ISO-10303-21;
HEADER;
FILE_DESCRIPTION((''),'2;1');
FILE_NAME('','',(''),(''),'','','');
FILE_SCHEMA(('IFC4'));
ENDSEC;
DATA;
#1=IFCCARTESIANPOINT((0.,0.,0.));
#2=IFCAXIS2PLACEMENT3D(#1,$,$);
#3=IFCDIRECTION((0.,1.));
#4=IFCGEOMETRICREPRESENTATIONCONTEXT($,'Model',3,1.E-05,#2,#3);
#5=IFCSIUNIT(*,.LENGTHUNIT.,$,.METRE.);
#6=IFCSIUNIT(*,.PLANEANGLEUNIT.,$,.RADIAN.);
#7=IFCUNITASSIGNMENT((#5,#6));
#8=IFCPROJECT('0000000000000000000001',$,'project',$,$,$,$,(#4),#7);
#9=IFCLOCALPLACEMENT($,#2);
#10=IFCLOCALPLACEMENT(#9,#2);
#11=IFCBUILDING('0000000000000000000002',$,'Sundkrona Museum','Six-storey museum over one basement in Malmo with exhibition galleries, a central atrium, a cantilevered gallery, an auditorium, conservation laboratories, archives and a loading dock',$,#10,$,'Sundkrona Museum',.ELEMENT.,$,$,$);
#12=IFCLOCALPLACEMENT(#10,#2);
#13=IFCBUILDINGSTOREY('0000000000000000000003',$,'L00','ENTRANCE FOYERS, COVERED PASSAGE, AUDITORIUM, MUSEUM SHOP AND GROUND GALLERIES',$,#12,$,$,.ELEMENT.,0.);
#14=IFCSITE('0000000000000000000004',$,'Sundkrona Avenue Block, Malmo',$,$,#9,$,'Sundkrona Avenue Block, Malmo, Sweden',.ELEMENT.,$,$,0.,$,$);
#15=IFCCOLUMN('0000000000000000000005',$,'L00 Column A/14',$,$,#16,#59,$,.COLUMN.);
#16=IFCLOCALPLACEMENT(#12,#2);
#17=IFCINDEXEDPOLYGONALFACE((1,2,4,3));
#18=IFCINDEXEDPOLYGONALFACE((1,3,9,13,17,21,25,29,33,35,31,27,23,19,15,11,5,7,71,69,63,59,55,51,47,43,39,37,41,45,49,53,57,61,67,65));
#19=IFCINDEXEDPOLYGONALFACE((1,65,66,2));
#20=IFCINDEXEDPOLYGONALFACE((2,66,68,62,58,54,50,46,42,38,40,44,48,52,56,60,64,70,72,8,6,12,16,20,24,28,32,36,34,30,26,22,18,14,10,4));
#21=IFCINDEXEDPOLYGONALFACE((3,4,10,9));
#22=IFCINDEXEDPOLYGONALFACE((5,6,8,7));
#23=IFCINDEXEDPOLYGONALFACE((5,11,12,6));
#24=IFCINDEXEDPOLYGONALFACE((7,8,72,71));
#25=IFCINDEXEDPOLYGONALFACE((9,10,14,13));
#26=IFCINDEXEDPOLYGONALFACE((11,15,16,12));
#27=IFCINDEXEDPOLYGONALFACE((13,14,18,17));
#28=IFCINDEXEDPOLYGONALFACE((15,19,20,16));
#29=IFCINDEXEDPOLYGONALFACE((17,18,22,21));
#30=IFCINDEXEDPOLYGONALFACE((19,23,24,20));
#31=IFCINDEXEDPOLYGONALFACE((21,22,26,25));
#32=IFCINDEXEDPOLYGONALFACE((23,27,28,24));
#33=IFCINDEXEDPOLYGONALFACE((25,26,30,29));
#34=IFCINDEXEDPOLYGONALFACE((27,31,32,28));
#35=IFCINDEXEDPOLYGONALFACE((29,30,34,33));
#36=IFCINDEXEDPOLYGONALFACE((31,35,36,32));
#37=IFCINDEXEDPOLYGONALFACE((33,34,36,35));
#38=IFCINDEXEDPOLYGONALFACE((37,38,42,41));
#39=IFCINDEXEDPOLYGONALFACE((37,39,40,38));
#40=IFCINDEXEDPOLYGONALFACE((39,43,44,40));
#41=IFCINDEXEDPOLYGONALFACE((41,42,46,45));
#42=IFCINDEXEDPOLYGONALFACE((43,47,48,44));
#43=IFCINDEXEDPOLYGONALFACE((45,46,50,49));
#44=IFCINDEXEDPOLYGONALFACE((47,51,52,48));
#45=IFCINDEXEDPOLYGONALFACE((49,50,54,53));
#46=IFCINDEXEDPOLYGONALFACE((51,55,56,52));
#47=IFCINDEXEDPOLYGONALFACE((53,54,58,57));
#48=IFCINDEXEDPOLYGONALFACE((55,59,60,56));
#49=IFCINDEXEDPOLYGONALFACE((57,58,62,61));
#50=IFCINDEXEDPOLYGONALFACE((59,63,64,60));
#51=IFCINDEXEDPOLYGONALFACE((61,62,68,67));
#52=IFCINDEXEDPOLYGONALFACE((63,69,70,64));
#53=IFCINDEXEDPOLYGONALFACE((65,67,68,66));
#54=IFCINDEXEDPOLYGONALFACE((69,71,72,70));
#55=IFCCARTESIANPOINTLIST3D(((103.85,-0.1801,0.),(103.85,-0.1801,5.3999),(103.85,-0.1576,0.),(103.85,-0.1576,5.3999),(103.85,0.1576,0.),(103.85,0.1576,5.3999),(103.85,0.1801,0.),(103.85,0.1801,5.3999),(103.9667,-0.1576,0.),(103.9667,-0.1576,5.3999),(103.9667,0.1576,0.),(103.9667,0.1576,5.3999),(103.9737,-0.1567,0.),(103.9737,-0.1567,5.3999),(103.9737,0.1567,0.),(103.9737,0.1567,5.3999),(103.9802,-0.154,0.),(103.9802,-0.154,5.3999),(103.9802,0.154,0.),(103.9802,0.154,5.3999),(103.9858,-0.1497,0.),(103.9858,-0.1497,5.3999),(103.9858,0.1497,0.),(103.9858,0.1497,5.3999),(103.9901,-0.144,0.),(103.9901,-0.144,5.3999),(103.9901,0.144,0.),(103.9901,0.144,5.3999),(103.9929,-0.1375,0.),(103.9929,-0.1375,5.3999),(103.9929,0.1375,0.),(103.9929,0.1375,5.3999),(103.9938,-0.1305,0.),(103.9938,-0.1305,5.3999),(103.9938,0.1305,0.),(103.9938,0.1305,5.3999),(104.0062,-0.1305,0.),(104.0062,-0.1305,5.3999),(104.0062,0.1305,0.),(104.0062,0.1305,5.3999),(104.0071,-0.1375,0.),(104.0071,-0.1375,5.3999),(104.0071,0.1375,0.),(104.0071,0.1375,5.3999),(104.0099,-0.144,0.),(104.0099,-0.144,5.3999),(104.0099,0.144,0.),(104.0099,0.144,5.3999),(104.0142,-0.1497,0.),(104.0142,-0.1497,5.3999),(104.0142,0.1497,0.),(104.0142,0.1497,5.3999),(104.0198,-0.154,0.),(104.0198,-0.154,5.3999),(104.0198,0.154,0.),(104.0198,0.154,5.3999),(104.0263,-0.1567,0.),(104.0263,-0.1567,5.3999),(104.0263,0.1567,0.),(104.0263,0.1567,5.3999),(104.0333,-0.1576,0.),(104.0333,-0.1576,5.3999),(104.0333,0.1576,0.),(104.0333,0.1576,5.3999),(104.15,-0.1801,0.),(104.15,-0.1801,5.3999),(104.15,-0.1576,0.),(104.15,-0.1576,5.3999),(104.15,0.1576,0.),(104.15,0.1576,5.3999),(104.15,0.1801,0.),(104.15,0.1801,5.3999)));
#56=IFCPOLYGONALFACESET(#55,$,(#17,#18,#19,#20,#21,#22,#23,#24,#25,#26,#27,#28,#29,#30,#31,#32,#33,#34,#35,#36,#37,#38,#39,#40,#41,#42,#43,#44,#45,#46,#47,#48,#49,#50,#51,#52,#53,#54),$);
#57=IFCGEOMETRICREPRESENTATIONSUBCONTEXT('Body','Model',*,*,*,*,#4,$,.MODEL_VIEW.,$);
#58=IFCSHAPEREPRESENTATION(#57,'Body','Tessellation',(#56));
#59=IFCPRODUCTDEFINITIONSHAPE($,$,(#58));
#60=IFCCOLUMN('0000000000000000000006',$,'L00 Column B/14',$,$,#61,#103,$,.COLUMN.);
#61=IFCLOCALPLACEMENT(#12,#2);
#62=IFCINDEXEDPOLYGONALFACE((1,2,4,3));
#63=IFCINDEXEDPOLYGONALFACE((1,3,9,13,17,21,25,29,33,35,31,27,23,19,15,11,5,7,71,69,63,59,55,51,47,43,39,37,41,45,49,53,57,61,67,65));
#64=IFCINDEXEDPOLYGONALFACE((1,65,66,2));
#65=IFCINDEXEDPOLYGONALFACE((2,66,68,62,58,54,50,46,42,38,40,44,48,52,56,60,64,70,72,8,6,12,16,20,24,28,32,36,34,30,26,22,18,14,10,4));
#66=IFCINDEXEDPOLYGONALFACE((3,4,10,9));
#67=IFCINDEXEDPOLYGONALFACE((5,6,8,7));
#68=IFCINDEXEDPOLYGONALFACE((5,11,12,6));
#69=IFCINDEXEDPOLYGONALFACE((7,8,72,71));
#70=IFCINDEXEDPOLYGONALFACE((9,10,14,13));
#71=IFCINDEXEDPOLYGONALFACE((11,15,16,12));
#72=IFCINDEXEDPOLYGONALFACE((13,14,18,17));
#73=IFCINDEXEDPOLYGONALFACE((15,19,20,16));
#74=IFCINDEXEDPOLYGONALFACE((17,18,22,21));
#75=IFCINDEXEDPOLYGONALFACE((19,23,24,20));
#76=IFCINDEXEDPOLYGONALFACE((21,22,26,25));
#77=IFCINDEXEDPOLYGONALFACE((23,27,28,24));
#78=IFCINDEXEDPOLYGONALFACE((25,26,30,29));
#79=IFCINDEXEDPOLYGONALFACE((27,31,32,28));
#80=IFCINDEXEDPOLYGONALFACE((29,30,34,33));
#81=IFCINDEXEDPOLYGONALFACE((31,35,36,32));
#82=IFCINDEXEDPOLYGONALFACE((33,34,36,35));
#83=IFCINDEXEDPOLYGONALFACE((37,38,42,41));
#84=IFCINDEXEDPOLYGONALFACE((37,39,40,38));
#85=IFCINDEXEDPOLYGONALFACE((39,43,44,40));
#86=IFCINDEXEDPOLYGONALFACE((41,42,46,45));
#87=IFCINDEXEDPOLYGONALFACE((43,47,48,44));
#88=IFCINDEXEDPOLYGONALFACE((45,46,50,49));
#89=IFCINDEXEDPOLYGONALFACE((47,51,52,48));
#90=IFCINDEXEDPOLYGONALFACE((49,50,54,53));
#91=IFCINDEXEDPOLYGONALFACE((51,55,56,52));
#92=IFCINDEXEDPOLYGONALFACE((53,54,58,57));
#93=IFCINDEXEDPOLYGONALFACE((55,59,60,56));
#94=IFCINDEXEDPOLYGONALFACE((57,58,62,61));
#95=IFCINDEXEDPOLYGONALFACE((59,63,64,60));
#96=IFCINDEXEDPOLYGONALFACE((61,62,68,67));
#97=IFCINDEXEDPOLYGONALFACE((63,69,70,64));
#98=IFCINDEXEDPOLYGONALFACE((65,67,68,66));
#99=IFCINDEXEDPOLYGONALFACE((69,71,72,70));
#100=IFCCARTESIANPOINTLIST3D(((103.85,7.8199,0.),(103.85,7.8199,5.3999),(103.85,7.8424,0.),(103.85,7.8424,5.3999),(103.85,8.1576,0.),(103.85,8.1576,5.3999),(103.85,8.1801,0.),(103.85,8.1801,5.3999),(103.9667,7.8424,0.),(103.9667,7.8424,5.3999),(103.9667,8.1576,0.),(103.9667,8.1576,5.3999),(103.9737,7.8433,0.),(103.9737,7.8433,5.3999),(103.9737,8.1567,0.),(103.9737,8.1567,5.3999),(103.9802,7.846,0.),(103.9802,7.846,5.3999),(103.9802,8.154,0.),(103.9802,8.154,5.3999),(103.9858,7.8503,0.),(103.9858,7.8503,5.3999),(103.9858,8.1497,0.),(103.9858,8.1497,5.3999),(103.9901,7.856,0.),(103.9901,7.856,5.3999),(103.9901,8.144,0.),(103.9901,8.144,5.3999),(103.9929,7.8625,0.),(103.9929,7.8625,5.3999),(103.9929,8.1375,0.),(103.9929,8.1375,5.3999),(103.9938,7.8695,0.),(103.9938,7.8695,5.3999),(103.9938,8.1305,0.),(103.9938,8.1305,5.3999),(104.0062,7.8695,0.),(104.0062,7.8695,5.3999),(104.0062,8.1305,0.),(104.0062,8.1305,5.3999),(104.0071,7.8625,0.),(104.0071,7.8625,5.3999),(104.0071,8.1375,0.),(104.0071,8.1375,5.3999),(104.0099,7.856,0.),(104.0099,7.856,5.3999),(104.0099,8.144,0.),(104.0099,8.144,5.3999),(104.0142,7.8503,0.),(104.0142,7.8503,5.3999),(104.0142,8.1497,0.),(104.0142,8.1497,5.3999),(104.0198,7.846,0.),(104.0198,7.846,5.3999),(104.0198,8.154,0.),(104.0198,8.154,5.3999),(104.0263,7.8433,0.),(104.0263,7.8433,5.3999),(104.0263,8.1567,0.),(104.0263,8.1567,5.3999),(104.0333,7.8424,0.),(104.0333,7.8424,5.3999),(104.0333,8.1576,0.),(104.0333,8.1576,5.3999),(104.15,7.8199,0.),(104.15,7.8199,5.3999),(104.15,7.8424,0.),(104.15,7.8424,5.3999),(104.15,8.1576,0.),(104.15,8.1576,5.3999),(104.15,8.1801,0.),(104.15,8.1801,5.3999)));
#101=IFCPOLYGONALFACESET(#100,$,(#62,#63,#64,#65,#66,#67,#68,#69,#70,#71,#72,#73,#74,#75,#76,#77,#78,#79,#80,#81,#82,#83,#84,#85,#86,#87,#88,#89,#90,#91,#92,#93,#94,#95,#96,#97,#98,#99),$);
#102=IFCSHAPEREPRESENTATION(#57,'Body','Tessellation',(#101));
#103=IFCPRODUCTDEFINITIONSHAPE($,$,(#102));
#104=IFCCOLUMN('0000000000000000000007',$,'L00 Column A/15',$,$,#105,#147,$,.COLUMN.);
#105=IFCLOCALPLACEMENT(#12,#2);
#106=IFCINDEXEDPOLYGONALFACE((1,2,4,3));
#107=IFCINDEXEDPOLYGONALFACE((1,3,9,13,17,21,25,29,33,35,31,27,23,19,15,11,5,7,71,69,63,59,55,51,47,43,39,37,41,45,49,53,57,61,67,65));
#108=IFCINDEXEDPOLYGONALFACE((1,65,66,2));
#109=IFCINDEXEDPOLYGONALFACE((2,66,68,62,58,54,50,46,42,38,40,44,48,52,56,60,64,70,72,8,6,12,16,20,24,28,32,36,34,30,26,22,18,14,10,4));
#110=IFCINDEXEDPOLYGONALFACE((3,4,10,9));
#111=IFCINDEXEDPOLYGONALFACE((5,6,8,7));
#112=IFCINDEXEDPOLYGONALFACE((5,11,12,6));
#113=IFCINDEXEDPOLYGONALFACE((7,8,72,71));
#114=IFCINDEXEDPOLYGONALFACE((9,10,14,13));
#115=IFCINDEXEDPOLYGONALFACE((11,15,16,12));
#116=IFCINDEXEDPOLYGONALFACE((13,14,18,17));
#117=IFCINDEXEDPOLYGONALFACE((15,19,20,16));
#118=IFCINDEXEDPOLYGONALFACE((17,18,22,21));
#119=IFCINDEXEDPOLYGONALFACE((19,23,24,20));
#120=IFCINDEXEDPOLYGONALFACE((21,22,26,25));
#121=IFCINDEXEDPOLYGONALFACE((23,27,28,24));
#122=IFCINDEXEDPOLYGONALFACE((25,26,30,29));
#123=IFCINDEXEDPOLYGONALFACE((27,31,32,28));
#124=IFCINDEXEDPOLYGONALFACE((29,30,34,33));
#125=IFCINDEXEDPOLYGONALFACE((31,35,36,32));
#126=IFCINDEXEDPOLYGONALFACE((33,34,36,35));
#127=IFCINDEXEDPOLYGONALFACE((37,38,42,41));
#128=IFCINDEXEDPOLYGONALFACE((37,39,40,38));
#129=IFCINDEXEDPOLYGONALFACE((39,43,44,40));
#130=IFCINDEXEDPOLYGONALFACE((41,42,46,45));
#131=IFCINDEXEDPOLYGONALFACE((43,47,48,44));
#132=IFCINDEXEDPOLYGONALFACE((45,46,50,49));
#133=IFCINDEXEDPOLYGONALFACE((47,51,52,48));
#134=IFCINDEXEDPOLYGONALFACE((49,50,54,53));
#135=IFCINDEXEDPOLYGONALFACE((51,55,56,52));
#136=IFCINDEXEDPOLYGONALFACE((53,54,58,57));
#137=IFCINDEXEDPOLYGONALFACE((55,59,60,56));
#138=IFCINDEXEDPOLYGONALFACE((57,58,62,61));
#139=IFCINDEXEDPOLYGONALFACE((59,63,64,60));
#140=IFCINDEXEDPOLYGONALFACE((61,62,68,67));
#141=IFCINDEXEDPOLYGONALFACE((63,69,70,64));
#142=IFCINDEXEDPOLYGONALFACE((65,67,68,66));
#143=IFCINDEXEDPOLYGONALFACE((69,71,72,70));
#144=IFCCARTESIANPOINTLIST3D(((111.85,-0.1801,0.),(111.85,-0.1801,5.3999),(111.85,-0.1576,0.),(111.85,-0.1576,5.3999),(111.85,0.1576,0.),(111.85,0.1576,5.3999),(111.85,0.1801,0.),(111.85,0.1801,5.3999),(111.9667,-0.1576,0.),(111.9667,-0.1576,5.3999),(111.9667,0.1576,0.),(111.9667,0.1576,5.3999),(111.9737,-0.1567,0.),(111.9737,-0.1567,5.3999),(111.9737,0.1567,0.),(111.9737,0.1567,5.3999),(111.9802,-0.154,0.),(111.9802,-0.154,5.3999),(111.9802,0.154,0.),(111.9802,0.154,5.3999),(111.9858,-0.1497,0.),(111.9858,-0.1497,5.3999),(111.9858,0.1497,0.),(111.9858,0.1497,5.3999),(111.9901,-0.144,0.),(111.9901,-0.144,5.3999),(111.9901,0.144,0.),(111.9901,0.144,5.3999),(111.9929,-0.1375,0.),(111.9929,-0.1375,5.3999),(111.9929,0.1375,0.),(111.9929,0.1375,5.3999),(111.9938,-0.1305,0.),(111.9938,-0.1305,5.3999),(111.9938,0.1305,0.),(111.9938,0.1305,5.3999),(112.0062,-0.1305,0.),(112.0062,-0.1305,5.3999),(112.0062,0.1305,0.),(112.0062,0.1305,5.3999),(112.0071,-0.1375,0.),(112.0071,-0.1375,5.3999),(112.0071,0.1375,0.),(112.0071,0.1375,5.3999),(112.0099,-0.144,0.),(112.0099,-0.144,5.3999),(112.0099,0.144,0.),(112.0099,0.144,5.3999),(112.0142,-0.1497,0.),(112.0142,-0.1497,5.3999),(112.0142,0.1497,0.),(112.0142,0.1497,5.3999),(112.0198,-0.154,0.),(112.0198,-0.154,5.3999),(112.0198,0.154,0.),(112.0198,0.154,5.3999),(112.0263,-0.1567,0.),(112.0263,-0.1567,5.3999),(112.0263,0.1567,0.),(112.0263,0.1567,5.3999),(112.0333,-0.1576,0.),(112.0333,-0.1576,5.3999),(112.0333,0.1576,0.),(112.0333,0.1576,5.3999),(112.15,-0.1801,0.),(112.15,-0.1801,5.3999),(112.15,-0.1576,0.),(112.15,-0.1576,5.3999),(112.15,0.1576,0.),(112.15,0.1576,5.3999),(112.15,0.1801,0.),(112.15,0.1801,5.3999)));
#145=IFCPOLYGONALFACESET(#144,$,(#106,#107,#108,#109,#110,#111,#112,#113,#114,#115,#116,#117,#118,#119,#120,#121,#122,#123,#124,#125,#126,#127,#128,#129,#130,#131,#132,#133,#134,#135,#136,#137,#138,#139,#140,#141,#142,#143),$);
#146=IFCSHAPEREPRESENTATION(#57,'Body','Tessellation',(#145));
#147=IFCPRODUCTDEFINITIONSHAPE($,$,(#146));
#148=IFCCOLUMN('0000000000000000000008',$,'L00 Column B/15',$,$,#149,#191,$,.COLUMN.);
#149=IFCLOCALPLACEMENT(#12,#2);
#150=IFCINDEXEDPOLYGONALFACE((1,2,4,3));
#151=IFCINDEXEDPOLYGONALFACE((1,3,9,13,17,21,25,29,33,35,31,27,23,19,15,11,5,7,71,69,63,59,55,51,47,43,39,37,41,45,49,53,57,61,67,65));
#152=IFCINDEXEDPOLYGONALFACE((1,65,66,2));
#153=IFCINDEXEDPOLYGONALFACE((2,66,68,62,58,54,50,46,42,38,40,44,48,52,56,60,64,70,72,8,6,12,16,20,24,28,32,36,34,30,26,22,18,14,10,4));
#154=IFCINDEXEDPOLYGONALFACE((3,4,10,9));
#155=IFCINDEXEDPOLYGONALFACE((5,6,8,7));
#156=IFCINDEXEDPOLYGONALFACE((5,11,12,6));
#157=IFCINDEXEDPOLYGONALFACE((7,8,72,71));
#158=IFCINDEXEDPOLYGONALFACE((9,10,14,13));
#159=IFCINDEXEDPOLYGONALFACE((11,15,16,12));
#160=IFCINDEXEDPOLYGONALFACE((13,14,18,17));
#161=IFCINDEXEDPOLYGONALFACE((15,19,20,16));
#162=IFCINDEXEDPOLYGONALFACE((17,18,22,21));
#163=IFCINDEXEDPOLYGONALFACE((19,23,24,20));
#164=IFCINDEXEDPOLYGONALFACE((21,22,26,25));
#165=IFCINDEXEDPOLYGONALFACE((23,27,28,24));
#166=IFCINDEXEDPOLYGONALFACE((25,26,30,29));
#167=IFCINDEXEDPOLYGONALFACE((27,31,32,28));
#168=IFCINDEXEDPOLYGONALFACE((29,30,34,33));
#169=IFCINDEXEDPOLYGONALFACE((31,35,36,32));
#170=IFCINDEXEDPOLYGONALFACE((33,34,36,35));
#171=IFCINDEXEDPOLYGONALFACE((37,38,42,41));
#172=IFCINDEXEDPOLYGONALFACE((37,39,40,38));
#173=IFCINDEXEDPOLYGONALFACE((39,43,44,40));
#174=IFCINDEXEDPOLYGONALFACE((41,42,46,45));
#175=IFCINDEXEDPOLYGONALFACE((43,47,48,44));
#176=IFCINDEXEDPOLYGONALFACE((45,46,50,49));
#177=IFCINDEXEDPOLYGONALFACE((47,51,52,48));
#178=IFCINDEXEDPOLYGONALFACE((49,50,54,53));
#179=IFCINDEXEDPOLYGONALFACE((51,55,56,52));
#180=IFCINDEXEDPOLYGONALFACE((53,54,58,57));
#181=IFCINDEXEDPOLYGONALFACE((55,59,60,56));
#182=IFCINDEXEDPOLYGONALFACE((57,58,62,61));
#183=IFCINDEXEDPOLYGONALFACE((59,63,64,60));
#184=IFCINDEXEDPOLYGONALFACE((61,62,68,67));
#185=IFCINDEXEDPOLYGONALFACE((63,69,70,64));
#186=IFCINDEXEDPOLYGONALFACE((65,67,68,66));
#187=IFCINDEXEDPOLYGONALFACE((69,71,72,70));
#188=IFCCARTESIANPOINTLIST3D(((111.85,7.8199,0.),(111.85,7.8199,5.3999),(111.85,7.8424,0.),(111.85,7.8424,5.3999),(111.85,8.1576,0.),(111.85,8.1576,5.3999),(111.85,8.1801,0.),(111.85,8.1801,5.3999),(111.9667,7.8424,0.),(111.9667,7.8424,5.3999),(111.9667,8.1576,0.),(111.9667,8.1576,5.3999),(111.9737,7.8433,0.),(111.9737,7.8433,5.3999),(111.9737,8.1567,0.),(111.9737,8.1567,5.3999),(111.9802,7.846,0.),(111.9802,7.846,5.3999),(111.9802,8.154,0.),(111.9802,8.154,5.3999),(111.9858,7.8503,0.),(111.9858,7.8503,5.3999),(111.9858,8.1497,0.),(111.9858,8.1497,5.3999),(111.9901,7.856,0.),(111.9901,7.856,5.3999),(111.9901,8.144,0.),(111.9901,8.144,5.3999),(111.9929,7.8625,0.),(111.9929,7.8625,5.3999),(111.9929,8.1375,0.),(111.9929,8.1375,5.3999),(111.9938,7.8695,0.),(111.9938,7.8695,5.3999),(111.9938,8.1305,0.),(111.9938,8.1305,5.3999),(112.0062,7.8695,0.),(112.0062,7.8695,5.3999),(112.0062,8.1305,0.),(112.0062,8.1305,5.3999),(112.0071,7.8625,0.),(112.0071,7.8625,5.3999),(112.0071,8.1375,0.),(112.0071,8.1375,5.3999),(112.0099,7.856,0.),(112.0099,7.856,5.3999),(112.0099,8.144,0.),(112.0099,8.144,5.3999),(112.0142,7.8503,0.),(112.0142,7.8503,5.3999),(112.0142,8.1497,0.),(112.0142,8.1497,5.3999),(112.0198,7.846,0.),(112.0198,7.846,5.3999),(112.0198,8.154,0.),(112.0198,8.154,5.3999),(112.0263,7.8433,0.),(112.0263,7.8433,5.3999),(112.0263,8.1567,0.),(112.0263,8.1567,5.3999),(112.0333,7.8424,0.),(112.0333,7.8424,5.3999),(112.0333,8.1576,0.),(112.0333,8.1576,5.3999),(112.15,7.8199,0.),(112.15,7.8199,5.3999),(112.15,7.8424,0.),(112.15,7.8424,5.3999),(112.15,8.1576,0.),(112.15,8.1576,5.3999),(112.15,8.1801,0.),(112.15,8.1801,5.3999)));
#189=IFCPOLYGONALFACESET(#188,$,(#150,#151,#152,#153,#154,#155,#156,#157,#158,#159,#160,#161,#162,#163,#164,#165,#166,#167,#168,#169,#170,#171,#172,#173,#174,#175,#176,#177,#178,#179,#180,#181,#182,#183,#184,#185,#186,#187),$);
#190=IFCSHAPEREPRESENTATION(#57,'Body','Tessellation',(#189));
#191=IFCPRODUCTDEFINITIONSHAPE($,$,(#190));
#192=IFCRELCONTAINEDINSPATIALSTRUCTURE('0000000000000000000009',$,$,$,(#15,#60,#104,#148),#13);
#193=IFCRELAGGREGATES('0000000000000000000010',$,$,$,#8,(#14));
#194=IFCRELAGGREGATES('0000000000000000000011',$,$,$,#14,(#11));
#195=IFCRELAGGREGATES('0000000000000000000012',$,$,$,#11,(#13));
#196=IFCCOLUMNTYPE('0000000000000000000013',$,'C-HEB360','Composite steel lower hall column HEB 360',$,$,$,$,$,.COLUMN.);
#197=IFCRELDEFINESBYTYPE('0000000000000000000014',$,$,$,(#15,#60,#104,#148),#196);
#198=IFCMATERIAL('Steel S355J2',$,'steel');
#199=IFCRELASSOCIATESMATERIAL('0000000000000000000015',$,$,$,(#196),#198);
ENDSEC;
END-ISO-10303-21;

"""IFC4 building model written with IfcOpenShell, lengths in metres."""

from ifc_helpers import new_model, si_unit, direction, frame, origin, origin_2d, place, context, subcontext, project, spatial, i_section, extrude, material, material_profile, profile_set, type_object, element, save


model = new_model("IFC4")

# Units and contexts
model_context = context("Model", 3, precision=1e-05, world=origin(), true_north=direction((0.0, 1.0)))
body_context = subcontext(model_context, "Body", "Model", "MODEL_VIEW")
ifc_project = project(units=[si_unit("LENGTHUNIT", "METRE"), si_unit("PLANEANGLEUNIT", "RADIAN")], contexts=[model_context])

# Site, building, storey
site_placement = place(None, origin())
site = spatial("IfcSite", under=ifc_project, at=site_placement, Name="Sundkrona Avenue Block, Malmo", LongName="Sundkrona Avenue Block, Malmo, Sweden", CompositionType="ELEMENT", RefElevation=0.0)
building_placement = place(site_placement, origin())
building = spatial("IfcBuilding", under=site, at=building_placement, Name="Sundkrona Museum", Description="Six-storey museum over one basement in Malmo with exhibition galleries, a central atrium, a cantilevered gallery, an auditorium, conservation laboratories, archives and a loading dock", LongName="Sundkrona Museum", CompositionType="ELEMENT")
storey_placement = place(building_placement, origin())
storey = spatial("IfcBuildingStorey", under=building, at=storey_placement, Name="L00", Description="ENTRANCE FOYERS, COVERED PASSAGE, AUDITORIUM, MUSEUM SHOP AND GROUND GALLERIES", CompositionType="ELEMENT", Elevation=0.0)

# Columns
ifc_material_1 = material(Name="Steel S355J2", Category="steel")
ifc_material_profile_1 = material_profile(ifc_material_1, i_section(OverallWidth=0.3, OverallDepth=0.3601, WebThickness=0.0125, FlangeThickness=0.0225, FilletRadius=0.0271, at=origin_2d()), Name="HEB 360")
ifc_profile_set_1 = profile_set([ifc_material_profile_1], Name="Steel S355J2")
column_type = type_object("IfcColumnType", Name="C-HEB360", Description="Composite steel lower hall column HEB 360", PredefinedType="COLUMN", material=ifc_profile_set_1)
for number, where, z_axis, x_axis, name in (
    (1, (104.0, 0.0, 0.0), (0.0, 0.0, 1.0), (1.0, 0.0, 0.0), "L00 Column A/14"),
    (2, (104.0, 8.0, 0.0), (0.0, 0.0, 1.0), (1.0, 0.0, 0.0), "L00 Column B/14"),
    (3, (112.0, 0.0, 0.0), (0.0, 0.0, 1.0), (1.0, 0.0, 0.0), "L00 Column A/15"),
    (4, (112.0, 8.0, 0.0), (0.0, 0.0, 1.0), (1.0, 0.0, 0.0), "L00 Column B/15"),
):
    element("IfcColumn", number, at=place(storey_placement, frame(where, z_axis=z_axis, x_axis=x_axis)), inside=storey, type_object=column_type, Name=name, PredefinedType="COLUMN", context=body_context, shape_type="SweptSolid", body=[
        extrude(i_section(OverallWidth=0.3, OverallDepth=0.3601, WebThickness=0.0125, FlangeThickness=0.0225, FilletRadius=0.0271, at=origin_2d()), origin(), (0.0, 0.0, 1.0), 5.3999),
    ])

save(model, "model.ifc")
